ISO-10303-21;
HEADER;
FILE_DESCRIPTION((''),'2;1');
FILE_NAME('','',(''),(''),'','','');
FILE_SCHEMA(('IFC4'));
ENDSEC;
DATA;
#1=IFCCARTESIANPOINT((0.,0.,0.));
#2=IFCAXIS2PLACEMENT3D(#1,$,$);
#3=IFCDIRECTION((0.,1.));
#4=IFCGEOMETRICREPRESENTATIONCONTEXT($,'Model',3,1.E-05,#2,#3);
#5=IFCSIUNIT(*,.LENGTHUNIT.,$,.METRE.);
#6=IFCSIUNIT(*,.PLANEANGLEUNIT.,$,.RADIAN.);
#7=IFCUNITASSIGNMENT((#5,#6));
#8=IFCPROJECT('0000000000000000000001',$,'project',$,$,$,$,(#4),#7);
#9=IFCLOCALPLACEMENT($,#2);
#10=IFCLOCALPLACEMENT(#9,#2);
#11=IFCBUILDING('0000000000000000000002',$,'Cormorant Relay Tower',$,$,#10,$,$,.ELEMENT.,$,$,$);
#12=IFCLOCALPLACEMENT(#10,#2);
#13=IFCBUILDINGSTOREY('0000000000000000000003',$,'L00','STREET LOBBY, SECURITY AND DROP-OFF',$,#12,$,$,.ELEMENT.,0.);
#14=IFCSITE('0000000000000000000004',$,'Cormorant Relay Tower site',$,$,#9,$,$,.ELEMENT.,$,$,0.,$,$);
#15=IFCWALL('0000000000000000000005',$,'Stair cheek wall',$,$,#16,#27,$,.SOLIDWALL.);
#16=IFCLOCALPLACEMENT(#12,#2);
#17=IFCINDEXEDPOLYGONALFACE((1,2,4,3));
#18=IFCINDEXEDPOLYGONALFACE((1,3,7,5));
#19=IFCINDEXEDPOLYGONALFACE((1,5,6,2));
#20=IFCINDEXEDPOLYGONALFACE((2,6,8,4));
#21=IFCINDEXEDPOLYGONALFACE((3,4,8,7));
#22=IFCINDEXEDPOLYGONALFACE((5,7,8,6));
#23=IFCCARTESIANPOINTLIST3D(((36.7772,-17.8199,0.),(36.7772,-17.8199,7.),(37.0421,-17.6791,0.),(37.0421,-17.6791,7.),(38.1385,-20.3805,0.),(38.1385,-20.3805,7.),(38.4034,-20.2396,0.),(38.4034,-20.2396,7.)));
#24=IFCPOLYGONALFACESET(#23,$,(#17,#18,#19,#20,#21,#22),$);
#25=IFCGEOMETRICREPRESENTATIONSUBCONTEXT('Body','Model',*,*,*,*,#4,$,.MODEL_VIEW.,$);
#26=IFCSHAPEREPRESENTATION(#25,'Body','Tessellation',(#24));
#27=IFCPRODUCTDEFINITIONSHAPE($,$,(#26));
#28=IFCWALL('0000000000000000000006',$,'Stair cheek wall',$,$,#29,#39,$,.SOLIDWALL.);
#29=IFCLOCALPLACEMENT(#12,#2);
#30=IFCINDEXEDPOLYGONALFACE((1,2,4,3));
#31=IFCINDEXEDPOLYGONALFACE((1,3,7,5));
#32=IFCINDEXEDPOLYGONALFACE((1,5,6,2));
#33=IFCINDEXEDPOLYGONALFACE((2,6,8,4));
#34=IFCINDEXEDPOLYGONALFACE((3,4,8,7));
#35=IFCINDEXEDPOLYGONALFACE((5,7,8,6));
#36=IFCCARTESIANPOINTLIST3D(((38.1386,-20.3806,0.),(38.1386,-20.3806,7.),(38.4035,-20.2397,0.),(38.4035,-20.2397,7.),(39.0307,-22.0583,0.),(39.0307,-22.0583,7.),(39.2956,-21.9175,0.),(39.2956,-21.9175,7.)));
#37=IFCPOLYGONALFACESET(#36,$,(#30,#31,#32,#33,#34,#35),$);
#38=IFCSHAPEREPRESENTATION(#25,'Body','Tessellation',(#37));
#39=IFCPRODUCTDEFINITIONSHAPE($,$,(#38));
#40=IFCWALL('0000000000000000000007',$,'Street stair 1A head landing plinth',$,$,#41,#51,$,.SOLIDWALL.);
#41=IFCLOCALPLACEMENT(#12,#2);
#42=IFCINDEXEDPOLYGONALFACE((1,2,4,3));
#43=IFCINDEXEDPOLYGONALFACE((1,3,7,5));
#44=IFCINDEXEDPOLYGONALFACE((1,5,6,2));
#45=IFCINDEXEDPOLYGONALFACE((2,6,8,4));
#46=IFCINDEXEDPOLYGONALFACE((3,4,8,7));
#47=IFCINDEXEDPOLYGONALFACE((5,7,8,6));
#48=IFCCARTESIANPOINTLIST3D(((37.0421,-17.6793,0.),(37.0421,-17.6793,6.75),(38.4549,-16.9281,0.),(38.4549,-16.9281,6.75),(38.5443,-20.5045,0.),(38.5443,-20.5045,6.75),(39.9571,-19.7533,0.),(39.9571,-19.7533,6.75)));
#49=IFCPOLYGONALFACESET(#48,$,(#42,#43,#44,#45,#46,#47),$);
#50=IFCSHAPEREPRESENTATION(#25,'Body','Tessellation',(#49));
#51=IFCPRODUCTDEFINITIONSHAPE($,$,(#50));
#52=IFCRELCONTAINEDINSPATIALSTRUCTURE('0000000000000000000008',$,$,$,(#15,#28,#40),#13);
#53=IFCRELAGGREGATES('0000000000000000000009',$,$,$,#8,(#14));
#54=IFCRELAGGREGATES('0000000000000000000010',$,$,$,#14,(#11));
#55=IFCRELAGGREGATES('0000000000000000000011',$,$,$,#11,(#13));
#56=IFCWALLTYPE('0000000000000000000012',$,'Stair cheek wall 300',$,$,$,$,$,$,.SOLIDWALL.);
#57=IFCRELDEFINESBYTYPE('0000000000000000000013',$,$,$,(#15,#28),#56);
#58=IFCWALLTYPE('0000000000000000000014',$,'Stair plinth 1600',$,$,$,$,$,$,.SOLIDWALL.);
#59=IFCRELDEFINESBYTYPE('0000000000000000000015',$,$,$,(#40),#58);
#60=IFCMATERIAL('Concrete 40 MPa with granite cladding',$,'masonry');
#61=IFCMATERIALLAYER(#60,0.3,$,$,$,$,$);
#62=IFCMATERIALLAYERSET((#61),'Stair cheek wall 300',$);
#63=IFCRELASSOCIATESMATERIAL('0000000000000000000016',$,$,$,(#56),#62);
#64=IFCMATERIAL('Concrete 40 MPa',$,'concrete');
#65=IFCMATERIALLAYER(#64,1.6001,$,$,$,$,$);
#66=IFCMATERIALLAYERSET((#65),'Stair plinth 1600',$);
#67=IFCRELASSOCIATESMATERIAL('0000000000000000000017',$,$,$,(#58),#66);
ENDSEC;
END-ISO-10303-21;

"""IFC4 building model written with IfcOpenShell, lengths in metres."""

from ifc_helpers import new_model, si_unit, direction, frame, frame_2d, origin, place, context, subcontext, project, spatial, rectangle, extrude, material, layer, layer_set, type_object, element, save


model = new_model("IFC4")

# Units and contexts
model_context = context("Model", 3, precision=1e-05, world=origin(), true_north=direction((0.0, 1.0)))
body_context = subcontext(model_context, "Body", "Model", "MODEL_VIEW")
ifc_project = project(units=[si_unit("LENGTHUNIT", "METRE"), si_unit("PLANEANGLEUNIT", "RADIAN")], contexts=[model_context])

# Site, building, storey
site_placement = place(None, origin())
site = spatial("IfcSite", under=ifc_project, at=site_placement, Name="Cormorant Relay Tower site", CompositionType="ELEMENT", RefElevation=0.0)
building_placement = place(site_placement, origin())
building = spatial("IfcBuilding", under=site, at=building_placement, Name="Cormorant Relay Tower", CompositionType="ELEMENT")
storey_placement = place(building_placement, origin())
storey = spatial("IfcBuildingStorey", under=building, at=storey_placement, Name="L00", Description="STREET LOBBY, SECURITY AND DROP-OFF", CompositionType="ELEMENT", Elevation=0.0)

# Walls
ifc_material_1 = material(Name="Concrete 40 MPa with granite cladding", Category="masonry")
ifc_layer_1 = layer(ifc_material_1, 0.3)
ifc_layer_set_1 = layer_set([ifc_layer_1], Name="Stair cheek wall 300")
wall_type_1 = type_object("IfcWallType", Name="Stair cheek wall 300", PredefinedType="SOLIDWALL", material=ifc_layer_set_1)
wall_1_placement = place(storey_placement, frame((36.9097, -17.7495, 0.0), z_axis=(0.0, 0.0, 1.0), x_axis=(0.469434, -0.882967, 0.0)))
element("IfcWall", 1, at=wall_1_placement, inside=storey, type_object=wall_type_1, Name="Stair cheek wall", PredefinedType="SOLIDWALL", context=body_context, shape_type="SweptSolid", body=[
    extrude(rectangle(XDim=2.8999, YDim=0.3, at=frame_2d((1.45, 0.0))), origin(), (0.0, 0.0, 1.0), 7.0),
])
wall_2_placement = place(storey_placement, frame((38.271, -20.3101, 0.0), z_axis=(0.0, 0.0, 1.0), x_axis=(0.469481, -0.882943, 0.0)))
element("IfcWall", 2, at=wall_2_placement, inside=storey, type_object=wall_type_1, Name="Stair cheek wall", PredefinedType="SOLIDWALL", context=body_context, shape_type="SweptSolid", body=[
    extrude(rectangle(XDim=1.9001, YDim=0.3, at=frame_2d((0.9502, 0.0))), origin(), (0.0, 0.0, 1.0), 7.0),
])
ifc_material_2 = material(Name="Concrete 40 MPa", Category="concrete")
ifc_layer_2 = layer(ifc_material_2, 1.6001)
ifc_layer_set_2 = layer_set([ifc_layer_2], Name="Stair plinth 1600")
wall_type_2 = type_object("IfcWallType", Name="Stair plinth 1600", PredefinedType="SOLIDWALL", material=ifc_layer_set_2)
wall_3_placement = place(storey_placement, frame((37.7485, -17.3037, 0.0), z_axis=(0.0, 0.0, 1.0), x_axis=(0.469475, -0.882946, 0.0)))
element("IfcWall", 3, at=wall_3_placement, inside=storey, type_object=wall_type_2, Name="Street stair 1A head landing plinth", PredefinedType="SOLIDWALL", context=body_context, shape_type="SweptSolid", body=[
    extrude(rectangle(XDim=3.1997, YDim=1.6001, at=frame_2d((1.5999, 0.0))), origin(), (0.0, 0.0, 1.0), 6.75),
])

save(model, "model.ifc")
